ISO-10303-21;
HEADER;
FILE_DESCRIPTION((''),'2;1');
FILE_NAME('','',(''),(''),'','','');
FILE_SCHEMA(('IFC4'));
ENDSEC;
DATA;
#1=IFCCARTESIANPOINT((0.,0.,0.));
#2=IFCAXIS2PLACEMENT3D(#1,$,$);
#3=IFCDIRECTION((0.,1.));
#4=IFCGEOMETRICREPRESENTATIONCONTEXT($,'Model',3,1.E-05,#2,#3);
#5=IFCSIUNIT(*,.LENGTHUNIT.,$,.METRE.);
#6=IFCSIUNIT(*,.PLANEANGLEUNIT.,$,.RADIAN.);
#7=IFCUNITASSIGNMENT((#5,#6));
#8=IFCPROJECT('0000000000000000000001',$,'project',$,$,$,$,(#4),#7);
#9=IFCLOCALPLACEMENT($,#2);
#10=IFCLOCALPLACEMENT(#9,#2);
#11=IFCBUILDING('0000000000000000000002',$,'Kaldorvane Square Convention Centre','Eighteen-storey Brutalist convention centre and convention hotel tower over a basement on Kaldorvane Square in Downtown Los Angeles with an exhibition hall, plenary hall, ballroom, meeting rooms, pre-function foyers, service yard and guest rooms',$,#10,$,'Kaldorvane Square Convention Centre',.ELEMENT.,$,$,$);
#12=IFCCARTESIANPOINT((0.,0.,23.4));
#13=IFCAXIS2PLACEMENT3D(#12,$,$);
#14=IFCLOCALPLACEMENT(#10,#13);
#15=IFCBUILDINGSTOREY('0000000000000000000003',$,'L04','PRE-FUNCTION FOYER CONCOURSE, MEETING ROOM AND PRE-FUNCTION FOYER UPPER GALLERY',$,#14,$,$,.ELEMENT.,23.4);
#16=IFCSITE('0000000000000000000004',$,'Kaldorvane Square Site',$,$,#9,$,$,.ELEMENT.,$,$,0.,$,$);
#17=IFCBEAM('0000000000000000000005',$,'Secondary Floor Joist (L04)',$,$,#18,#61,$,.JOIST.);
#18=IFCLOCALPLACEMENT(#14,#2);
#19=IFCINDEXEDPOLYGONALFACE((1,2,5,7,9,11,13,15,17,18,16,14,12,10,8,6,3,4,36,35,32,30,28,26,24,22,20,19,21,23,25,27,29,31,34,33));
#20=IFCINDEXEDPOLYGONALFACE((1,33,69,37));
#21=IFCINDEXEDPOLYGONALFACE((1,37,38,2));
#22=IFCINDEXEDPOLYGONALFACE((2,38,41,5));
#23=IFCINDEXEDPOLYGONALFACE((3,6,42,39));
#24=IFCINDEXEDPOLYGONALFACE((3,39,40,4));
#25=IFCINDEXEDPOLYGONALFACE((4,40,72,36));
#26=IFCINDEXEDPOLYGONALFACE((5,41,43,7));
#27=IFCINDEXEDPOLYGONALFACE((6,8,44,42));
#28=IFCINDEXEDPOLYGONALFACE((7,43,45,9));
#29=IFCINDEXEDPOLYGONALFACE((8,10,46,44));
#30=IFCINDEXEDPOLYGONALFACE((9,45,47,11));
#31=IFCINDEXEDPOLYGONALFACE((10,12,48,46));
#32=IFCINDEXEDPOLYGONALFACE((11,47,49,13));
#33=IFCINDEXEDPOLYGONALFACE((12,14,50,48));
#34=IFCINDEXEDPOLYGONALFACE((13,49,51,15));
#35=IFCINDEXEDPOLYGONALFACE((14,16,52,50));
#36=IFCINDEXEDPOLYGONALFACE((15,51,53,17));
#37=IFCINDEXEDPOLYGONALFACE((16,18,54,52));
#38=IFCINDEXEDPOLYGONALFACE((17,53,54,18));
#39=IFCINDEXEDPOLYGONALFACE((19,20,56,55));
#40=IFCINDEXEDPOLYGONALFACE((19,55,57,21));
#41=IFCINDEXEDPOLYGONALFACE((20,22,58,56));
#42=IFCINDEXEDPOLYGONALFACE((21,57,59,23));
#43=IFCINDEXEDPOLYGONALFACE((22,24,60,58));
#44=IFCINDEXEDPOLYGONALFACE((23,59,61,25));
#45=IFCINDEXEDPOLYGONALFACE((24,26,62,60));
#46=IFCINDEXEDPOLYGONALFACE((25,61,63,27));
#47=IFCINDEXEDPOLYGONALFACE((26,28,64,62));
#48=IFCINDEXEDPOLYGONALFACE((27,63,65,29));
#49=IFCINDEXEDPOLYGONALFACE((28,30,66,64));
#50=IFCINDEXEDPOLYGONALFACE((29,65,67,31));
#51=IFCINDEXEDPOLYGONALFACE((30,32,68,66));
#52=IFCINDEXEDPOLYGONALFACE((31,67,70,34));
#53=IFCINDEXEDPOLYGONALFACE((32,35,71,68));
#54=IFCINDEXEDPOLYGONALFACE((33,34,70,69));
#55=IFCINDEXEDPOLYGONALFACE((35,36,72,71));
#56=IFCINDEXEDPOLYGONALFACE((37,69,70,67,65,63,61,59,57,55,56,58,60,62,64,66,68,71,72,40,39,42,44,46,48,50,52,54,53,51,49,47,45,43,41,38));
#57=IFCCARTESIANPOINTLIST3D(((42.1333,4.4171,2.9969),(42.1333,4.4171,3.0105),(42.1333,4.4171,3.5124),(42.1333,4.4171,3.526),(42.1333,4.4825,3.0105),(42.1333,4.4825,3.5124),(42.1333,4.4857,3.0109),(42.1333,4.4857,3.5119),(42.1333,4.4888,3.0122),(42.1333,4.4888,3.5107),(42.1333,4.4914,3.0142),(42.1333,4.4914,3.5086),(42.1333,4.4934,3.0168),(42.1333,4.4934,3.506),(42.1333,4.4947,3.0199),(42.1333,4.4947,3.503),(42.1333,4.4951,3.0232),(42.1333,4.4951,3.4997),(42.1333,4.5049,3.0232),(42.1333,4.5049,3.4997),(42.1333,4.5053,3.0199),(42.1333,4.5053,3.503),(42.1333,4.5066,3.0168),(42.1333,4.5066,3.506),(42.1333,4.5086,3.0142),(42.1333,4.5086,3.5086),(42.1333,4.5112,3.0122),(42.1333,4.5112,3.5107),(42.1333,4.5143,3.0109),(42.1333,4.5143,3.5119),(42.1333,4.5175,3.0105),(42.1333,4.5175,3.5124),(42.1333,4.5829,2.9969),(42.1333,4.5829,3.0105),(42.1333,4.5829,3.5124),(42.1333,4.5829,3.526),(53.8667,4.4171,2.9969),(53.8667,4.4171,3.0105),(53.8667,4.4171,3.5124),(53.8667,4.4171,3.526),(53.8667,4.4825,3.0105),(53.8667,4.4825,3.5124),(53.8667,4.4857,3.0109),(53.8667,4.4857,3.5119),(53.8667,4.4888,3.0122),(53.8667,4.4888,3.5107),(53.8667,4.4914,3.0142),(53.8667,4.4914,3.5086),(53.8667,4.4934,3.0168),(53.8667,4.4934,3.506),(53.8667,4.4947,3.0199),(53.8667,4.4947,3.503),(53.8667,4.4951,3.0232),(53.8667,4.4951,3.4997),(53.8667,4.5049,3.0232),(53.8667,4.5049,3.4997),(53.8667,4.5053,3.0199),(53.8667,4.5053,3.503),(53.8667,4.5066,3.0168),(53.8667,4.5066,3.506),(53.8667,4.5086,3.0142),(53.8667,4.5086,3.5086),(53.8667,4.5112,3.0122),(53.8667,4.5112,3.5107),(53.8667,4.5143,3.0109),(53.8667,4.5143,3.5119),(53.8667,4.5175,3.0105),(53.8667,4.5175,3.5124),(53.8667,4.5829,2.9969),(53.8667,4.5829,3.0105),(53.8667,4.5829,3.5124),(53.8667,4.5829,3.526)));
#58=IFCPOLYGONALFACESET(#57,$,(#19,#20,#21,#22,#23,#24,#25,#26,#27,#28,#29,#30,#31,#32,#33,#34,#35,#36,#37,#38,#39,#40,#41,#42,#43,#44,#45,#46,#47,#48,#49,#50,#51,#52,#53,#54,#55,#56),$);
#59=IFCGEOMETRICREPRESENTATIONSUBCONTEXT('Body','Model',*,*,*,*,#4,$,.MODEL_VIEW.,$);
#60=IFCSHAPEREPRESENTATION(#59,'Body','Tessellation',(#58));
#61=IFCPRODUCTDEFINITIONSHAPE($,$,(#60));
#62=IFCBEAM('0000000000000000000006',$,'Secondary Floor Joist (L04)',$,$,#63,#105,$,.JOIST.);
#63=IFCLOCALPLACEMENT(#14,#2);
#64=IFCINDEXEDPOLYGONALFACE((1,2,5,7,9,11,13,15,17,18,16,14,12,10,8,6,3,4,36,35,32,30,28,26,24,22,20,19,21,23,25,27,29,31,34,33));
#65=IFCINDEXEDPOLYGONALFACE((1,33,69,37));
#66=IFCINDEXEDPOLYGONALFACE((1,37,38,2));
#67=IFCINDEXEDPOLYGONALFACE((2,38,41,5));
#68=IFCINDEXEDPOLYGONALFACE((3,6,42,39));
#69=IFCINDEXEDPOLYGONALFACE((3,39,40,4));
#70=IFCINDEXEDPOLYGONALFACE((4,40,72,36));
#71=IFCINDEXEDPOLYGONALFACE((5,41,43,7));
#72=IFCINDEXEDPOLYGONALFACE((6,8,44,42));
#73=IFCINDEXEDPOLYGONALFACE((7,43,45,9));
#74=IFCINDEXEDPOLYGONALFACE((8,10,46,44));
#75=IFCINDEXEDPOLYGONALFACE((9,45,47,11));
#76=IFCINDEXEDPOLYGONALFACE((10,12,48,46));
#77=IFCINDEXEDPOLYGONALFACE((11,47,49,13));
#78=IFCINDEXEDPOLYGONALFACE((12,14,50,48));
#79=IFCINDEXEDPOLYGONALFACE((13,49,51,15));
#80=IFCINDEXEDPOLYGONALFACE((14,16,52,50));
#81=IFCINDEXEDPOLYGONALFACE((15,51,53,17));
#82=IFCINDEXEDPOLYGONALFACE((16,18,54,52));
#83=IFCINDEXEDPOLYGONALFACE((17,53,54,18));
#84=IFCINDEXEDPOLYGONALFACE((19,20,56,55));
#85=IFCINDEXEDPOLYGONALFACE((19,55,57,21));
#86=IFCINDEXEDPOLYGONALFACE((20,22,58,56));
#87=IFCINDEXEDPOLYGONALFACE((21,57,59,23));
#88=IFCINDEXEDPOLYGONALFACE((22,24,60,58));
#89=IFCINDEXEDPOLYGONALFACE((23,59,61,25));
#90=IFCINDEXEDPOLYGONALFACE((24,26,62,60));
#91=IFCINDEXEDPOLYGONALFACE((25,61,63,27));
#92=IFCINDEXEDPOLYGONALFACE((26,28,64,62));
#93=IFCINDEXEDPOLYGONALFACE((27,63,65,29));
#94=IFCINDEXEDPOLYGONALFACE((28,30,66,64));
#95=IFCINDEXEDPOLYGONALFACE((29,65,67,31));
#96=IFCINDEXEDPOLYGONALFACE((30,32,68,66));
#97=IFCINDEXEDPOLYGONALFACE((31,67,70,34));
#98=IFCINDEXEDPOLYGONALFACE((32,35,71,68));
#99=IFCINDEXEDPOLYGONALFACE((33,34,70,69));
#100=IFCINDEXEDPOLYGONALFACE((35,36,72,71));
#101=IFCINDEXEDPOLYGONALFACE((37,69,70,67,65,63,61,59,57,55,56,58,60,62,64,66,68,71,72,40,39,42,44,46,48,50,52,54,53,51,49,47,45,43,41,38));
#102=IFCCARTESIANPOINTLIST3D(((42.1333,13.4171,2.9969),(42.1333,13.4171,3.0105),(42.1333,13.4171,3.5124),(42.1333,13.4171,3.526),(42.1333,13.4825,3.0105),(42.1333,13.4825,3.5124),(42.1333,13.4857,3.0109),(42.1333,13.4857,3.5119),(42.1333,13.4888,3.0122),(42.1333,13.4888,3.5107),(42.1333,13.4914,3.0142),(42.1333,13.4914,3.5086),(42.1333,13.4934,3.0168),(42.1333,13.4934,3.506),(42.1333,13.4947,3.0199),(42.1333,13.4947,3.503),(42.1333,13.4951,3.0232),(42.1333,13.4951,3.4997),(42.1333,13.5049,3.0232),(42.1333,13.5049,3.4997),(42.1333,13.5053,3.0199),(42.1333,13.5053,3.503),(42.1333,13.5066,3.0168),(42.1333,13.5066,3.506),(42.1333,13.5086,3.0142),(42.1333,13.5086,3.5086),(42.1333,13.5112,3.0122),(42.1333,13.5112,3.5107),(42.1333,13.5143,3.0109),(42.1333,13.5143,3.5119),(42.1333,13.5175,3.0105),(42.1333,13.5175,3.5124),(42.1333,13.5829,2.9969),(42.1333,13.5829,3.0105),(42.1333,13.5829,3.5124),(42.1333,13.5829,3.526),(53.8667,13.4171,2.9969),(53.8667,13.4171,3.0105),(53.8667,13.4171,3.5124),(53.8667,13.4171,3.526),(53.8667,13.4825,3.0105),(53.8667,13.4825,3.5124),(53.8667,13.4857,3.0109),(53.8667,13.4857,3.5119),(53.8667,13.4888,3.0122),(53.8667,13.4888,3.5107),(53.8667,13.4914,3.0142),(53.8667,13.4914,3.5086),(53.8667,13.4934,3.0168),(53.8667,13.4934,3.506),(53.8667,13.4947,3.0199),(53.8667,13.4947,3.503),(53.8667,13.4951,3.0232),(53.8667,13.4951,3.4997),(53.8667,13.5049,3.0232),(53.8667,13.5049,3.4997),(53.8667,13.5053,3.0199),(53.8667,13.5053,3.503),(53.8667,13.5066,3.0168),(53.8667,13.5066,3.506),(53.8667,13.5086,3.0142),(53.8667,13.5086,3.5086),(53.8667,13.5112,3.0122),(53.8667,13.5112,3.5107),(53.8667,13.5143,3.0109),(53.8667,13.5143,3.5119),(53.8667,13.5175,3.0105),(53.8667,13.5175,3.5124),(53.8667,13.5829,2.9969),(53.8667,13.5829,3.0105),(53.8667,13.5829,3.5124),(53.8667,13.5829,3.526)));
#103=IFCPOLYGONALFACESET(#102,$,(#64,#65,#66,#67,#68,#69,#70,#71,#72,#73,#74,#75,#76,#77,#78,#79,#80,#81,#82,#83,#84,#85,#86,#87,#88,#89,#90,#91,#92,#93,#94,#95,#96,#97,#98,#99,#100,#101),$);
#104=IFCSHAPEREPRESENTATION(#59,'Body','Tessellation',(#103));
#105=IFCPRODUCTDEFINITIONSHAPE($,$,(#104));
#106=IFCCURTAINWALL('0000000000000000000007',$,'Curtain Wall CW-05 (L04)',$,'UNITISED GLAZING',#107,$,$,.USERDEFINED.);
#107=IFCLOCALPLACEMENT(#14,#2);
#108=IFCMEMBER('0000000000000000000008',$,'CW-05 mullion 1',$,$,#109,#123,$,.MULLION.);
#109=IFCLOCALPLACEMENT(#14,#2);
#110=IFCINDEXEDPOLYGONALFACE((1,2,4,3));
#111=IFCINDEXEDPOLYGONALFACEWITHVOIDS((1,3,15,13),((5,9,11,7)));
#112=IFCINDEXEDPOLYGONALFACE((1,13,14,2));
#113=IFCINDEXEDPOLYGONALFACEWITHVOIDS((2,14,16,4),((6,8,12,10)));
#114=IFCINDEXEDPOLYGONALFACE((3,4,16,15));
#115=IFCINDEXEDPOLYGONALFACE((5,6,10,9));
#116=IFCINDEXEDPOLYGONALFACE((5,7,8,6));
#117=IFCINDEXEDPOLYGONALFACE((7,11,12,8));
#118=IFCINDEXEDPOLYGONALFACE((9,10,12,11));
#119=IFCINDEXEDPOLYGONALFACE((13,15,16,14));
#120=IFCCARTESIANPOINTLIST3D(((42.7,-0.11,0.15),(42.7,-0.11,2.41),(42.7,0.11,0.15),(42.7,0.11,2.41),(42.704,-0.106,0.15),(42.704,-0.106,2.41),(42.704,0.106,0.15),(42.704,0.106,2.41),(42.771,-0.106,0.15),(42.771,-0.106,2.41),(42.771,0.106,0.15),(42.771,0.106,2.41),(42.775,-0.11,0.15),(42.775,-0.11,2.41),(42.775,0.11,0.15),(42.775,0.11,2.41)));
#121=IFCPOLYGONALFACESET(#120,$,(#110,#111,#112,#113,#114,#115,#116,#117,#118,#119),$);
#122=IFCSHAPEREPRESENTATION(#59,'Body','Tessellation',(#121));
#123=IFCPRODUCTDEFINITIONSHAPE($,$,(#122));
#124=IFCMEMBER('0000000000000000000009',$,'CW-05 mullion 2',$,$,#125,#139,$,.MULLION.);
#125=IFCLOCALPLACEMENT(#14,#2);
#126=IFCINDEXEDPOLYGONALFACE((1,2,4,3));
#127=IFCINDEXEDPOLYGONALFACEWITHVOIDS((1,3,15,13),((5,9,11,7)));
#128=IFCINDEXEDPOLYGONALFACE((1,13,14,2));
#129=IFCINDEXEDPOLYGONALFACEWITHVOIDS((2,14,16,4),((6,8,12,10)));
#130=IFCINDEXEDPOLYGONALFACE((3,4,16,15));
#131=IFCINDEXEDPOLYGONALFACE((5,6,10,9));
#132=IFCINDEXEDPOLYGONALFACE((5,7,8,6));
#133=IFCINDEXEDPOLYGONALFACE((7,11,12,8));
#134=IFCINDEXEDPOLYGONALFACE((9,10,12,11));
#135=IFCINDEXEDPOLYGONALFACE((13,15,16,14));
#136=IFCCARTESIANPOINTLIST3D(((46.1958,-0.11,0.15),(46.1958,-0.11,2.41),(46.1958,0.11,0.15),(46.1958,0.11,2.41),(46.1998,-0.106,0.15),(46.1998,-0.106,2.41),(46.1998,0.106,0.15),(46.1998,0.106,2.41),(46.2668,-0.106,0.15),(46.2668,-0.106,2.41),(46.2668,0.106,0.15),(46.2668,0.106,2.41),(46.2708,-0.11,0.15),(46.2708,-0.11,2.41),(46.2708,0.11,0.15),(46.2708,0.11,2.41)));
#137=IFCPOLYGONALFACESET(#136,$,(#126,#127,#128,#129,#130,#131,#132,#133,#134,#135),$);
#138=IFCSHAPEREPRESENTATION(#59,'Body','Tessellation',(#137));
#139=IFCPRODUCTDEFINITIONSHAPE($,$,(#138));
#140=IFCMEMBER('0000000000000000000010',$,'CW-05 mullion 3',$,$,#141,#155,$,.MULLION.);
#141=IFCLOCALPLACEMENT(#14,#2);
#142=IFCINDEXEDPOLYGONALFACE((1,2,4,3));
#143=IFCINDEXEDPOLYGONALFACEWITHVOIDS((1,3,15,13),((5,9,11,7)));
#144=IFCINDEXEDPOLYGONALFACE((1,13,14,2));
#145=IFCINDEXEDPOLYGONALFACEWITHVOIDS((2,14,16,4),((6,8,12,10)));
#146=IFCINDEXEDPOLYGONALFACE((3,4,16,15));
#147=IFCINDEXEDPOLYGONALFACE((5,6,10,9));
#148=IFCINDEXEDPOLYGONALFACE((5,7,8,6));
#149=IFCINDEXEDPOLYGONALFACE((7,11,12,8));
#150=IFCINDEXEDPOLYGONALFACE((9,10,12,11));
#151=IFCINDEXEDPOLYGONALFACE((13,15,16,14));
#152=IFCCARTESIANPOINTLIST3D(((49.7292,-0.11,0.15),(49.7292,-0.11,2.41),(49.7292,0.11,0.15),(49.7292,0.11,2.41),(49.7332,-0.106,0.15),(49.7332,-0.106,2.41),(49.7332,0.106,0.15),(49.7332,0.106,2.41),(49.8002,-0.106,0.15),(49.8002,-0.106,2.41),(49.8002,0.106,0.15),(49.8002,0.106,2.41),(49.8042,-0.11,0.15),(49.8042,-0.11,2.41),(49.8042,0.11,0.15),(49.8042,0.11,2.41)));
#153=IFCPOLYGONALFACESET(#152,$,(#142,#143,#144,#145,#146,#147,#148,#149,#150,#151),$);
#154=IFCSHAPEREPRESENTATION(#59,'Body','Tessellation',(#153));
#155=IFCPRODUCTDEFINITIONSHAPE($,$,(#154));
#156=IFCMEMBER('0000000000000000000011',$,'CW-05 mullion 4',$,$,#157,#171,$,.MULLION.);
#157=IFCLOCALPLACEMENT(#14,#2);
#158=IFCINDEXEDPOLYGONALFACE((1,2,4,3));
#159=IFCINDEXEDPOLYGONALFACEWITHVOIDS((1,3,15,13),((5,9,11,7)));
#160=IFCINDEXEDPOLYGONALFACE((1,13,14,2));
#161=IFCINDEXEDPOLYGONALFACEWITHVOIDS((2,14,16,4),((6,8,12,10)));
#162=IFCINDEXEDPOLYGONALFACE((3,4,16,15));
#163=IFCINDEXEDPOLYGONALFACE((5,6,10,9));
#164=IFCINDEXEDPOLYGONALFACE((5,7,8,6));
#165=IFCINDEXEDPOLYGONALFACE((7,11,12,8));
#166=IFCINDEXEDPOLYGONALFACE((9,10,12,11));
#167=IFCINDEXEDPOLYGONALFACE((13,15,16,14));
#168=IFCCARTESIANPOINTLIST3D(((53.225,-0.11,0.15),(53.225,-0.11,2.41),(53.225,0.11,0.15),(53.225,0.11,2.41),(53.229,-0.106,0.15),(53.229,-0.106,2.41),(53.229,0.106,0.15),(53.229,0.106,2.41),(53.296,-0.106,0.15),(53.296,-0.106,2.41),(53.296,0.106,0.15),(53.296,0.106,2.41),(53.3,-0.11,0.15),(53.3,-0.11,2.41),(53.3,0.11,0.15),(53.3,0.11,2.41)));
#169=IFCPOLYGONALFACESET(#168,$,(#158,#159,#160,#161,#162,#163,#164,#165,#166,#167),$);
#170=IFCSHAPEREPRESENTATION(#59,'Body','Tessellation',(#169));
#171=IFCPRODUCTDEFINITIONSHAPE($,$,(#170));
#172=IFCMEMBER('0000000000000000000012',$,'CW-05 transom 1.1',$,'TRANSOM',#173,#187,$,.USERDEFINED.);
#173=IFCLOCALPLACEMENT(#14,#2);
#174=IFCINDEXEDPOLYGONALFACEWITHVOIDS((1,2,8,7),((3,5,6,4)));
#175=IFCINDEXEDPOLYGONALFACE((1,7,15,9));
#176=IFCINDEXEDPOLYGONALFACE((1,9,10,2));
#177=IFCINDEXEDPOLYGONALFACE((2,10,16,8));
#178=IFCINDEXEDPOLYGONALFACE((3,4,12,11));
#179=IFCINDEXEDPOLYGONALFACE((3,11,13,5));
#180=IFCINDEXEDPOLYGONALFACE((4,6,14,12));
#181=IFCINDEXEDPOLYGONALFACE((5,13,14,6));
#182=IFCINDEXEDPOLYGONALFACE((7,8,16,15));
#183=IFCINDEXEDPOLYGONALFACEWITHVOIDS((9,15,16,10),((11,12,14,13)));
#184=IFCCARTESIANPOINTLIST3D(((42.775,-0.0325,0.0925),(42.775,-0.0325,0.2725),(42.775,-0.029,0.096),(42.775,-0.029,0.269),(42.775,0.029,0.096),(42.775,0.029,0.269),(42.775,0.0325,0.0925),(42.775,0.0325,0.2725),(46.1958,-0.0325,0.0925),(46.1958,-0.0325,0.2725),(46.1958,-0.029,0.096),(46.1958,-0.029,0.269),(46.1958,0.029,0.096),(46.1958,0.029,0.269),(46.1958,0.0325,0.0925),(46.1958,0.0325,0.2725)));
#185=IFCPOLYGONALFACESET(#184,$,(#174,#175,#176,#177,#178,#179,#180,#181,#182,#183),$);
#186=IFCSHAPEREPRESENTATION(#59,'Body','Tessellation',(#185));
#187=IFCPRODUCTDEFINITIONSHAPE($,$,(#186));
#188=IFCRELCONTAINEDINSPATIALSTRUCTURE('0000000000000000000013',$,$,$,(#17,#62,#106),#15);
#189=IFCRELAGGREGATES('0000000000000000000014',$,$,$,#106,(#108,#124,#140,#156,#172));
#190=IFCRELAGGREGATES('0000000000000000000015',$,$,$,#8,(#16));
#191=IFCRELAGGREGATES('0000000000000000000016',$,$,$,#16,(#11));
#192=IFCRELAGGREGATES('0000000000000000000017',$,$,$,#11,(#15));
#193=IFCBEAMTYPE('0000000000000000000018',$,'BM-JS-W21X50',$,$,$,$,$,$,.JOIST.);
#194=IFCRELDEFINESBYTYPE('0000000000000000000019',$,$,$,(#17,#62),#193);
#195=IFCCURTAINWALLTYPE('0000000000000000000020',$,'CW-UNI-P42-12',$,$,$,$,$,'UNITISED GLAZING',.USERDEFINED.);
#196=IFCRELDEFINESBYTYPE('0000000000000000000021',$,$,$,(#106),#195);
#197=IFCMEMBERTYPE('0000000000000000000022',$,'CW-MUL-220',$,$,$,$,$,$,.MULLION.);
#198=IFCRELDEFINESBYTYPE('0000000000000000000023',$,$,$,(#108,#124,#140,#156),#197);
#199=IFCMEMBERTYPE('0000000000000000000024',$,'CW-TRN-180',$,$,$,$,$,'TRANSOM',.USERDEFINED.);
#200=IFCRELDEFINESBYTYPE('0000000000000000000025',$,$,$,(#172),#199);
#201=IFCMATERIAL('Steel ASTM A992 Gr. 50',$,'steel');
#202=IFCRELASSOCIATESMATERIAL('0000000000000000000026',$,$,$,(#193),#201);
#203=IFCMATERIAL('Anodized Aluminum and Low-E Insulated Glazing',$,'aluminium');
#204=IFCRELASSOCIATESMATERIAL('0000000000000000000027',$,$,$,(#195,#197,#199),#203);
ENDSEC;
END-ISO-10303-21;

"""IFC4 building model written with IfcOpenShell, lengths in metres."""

from ifc_helpers import new_model, si_unit, direction, frame, origin, origin_2d, place, context, subcontext, project, spatial, hollow_rectangle, i_section, extrude, material, material_profile, profile_set, type_object, element, aggregate, save


model = new_model("IFC4")

# Units and contexts
model_context = context("Model", 3, precision=1e-05, world=origin(), true_north=direction((0.0, 1.0)))
body_context = subcontext(model_context, "Body", "Model", "MODEL_VIEW")
ifc_project = project(units=[si_unit("LENGTHUNIT", "METRE"), si_unit("PLANEANGLEUNIT", "RADIAN")], contexts=[model_context])

# Site, building, storey
site_placement = place(None, origin())
site = spatial("IfcSite", under=ifc_project, at=site_placement, Name="Kaldorvane Square Site", CompositionType="ELEMENT", RefElevation=0.0)
building_placement = place(site_placement, origin())
building = spatial("IfcBuilding", under=site, at=building_placement, Name="Kaldorvane Square Convention Centre", Description="Eighteen-storey Brutalist convention centre and convention hotel tower over a basement on Kaldorvane Square in Downtown Los Angeles with an exhibition hall, plenary hall, ballroom, meeting rooms, pre-function foyers, service yard and guest rooms", LongName="Kaldorvane Square Convention Centre", CompositionType="ELEMENT")
storey_placement = place(building_placement, frame((0.0, 0.0, 23.4)))
storey = spatial("IfcBuildingStorey", under=building, at=storey_placement, Name="L04", Description="PRE-FUNCTION FOYER CONCOURSE, MEETING ROOM AND PRE-FUNCTION FOYER UPPER GALLERY", CompositionType="ELEMENT", Elevation=23.4)

# Beams
ifc_material_1 = material(Name="Steel ASTM A992 Gr. 50", Category="steel")
ifc_material_profile_1 = material_profile(ifc_material_1, i_section(OverallWidth=0.1659, OverallDepth=0.5291, WebThickness=0.0097, FlangeThickness=0.0136, FilletRadius=0.0127, at=origin_2d()), Name="W21X50")
ifc_profile_set_1 = profile_set([ifc_material_profile_1], Name="Steel ASTM A992 Gr. 50")
beam_type = type_object("IfcBeamType", Name="BM-JS-W21X50", PredefinedType="JOIST", material=ifc_profile_set_1)
for number, where, z_axis, x_axis, name in (
    (1, (42.1333, 4.5, 3.2614), (1.0, 0.0, 0.0), (0.0, 1.0, 0.0), "Secondary Floor Joist (L04)"),
    (2, (42.1333, 13.5, 3.2614), (1.0, 0.0, 0.0), (0.0, 1.0, 0.0), "Secondary Floor Joist (L04)"),
):
    element("IfcBeam", number, at=place(storey_placement, frame(where, z_axis=z_axis, x_axis=x_axis)), inside=storey, type_object=beam_type, Name=name, PredefinedType="JOIST", context=body_context, shape_type="SweptSolid", body=[
        extrude(i_section(OverallWidth=0.1659, OverallDepth=0.5291, WebThickness=0.0097, FlangeThickness=0.0136, FilletRadius=0.0127, at=origin_2d()), origin(), (0.0, 0.0, 1.0), 11.7334),
    ])

# Curtain wall, members
ifc_material_2 = material(Name="Anodized Aluminum and Low-E Insulated Glazing", Category="aluminium")
curtain_wall_type = type_object("IfcCurtainWallType", Name="CW-UNI-P42-12", ElementType="UNITISED GLAZING", PredefinedType="USERDEFINED", material=ifc_material_2)
curtain_wall_placement = place(storey_placement, origin())
curtain_wall = element("IfcCurtainWall", 3, at=curtain_wall_placement, inside=storey, type_object=curtain_wall_type, Name="Curtain Wall CW-05 (L04)", ObjectType="UNITISED GLAZING", PredefinedType="USERDEFINED")
ifc_material_profile_2 = material_profile(ifc_material_2, hollow_rectangle(XDim=0.075, YDim=0.22, WallThickness=0.004, at=origin_2d()), Name="CWM-220X75")
ifc_profile_set_2 = profile_set([ifc_material_profile_2], Name="Anodized Aluminum and Low-E Insulated Glazing")
member_type_1 = type_object("IfcMemberType", Name="CW-MUL-220", PredefinedType="MULLION", material=ifc_profile_set_2)
member_1_placement = place(storey_placement, frame((42.7375, 0.0, 0.15), z_axis=(0.0, 0.0, 1.0), x_axis=(1.0, 0.0, 0.0)))
member_1 = element("IfcMember", 4, at=member_1_placement, type_object=member_type_1, Name="CW-05 mullion 1", PredefinedType="MULLION", context=body_context, shape_type="SweptSolid", body=[
    extrude(hollow_rectangle(XDim=0.075, YDim=0.22, WallThickness=0.004, at=origin_2d()), origin(), (0.0, 0.0, 1.0), 2.26),
])
member_2_placement = place(storey_placement, frame((46.2333, 0.0, 0.15), z_axis=(0.0, 0.0, 1.0), x_axis=(1.0, 0.0, 0.0)))
member_2 = element("IfcMember", 5, at=member_2_placement, type_object=member_type_1, Name="CW-05 mullion 2", PredefinedType="MULLION", context=body_context, shape_type="SweptSolid", body=[
    extrude(hollow_rectangle(XDim=0.075, YDim=0.22, WallThickness=0.004, at=origin_2d()), origin(), (0.0, 0.0, 1.0), 2.26),
])
member_3_placement = place(storey_placement, frame((49.7667, 0.0, 0.15), z_axis=(0.0, 0.0, 1.0), x_axis=(1.0, 0.0, 0.0)))
member_3 = element("IfcMember", 6, at=member_3_placement, type_object=member_type_1, Name="CW-05 mullion 3", PredefinedType="MULLION", context=body_context, shape_type="SweptSolid", body=[
    extrude(hollow_rectangle(XDim=0.075, YDim=0.22, WallThickness=0.004, at=origin_2d()), origin(), (0.0, 0.0, 1.0), 2.26),
])
member_4_placement = place(storey_placement, frame((53.2625, 0.0, 0.15), z_axis=(0.0, 0.0, 1.0), x_axis=(1.0, 0.0, 0.0)))
member_4 = element("IfcMember", 7, at=member_4_placement, type_object=member_type_1, Name="CW-05 mullion 4", PredefinedType="MULLION", context=body_context, shape_type="SweptSolid", body=[
    extrude(hollow_rectangle(XDim=0.075, YDim=0.22, WallThickness=0.004, at=origin_2d()), origin(), (0.0, 0.0, 1.0), 2.26),
])
ifc_material_profile_3 = material_profile(ifc_material_2, hollow_rectangle(XDim=0.065, YDim=0.18, WallThickness=0.0035, at=origin_2d()), Name="CWT-180X65")
ifc_profile_set_3 = profile_set([ifc_material_profile_3], Name="Anodized Aluminum and Low-E Insulated Glazing")
member_type_2 = type_object("IfcMemberType", Name="CW-TRN-180", ElementType="TRANSOM", PredefinedType="USERDEFINED", material=ifc_profile_set_3)
member_5_placement = place(storey_placement, frame((42.775, 0.0, 0.1825), z_axis=(1.0, 0.0, 0.0), x_axis=(0.0, 1.0, 0.0)))
member_5 = element("IfcMember", 8, at=member_5_placement, type_object=member_type_2, Name="CW-05 transom 1.1", ObjectType="TRANSOM", PredefinedType="USERDEFINED", context=body_context, shape_type="SweptSolid", body=[
    extrude(hollow_rectangle(XDim=0.065, YDim=0.18, WallThickness=0.0035, at=origin_2d()), origin(), (0.0, 0.0, 1.0), 3.4208),
])
aggregate(curtain_wall, [member_1, member_2, member_3, member_4, member_5])

save(model, "model.ifc")
